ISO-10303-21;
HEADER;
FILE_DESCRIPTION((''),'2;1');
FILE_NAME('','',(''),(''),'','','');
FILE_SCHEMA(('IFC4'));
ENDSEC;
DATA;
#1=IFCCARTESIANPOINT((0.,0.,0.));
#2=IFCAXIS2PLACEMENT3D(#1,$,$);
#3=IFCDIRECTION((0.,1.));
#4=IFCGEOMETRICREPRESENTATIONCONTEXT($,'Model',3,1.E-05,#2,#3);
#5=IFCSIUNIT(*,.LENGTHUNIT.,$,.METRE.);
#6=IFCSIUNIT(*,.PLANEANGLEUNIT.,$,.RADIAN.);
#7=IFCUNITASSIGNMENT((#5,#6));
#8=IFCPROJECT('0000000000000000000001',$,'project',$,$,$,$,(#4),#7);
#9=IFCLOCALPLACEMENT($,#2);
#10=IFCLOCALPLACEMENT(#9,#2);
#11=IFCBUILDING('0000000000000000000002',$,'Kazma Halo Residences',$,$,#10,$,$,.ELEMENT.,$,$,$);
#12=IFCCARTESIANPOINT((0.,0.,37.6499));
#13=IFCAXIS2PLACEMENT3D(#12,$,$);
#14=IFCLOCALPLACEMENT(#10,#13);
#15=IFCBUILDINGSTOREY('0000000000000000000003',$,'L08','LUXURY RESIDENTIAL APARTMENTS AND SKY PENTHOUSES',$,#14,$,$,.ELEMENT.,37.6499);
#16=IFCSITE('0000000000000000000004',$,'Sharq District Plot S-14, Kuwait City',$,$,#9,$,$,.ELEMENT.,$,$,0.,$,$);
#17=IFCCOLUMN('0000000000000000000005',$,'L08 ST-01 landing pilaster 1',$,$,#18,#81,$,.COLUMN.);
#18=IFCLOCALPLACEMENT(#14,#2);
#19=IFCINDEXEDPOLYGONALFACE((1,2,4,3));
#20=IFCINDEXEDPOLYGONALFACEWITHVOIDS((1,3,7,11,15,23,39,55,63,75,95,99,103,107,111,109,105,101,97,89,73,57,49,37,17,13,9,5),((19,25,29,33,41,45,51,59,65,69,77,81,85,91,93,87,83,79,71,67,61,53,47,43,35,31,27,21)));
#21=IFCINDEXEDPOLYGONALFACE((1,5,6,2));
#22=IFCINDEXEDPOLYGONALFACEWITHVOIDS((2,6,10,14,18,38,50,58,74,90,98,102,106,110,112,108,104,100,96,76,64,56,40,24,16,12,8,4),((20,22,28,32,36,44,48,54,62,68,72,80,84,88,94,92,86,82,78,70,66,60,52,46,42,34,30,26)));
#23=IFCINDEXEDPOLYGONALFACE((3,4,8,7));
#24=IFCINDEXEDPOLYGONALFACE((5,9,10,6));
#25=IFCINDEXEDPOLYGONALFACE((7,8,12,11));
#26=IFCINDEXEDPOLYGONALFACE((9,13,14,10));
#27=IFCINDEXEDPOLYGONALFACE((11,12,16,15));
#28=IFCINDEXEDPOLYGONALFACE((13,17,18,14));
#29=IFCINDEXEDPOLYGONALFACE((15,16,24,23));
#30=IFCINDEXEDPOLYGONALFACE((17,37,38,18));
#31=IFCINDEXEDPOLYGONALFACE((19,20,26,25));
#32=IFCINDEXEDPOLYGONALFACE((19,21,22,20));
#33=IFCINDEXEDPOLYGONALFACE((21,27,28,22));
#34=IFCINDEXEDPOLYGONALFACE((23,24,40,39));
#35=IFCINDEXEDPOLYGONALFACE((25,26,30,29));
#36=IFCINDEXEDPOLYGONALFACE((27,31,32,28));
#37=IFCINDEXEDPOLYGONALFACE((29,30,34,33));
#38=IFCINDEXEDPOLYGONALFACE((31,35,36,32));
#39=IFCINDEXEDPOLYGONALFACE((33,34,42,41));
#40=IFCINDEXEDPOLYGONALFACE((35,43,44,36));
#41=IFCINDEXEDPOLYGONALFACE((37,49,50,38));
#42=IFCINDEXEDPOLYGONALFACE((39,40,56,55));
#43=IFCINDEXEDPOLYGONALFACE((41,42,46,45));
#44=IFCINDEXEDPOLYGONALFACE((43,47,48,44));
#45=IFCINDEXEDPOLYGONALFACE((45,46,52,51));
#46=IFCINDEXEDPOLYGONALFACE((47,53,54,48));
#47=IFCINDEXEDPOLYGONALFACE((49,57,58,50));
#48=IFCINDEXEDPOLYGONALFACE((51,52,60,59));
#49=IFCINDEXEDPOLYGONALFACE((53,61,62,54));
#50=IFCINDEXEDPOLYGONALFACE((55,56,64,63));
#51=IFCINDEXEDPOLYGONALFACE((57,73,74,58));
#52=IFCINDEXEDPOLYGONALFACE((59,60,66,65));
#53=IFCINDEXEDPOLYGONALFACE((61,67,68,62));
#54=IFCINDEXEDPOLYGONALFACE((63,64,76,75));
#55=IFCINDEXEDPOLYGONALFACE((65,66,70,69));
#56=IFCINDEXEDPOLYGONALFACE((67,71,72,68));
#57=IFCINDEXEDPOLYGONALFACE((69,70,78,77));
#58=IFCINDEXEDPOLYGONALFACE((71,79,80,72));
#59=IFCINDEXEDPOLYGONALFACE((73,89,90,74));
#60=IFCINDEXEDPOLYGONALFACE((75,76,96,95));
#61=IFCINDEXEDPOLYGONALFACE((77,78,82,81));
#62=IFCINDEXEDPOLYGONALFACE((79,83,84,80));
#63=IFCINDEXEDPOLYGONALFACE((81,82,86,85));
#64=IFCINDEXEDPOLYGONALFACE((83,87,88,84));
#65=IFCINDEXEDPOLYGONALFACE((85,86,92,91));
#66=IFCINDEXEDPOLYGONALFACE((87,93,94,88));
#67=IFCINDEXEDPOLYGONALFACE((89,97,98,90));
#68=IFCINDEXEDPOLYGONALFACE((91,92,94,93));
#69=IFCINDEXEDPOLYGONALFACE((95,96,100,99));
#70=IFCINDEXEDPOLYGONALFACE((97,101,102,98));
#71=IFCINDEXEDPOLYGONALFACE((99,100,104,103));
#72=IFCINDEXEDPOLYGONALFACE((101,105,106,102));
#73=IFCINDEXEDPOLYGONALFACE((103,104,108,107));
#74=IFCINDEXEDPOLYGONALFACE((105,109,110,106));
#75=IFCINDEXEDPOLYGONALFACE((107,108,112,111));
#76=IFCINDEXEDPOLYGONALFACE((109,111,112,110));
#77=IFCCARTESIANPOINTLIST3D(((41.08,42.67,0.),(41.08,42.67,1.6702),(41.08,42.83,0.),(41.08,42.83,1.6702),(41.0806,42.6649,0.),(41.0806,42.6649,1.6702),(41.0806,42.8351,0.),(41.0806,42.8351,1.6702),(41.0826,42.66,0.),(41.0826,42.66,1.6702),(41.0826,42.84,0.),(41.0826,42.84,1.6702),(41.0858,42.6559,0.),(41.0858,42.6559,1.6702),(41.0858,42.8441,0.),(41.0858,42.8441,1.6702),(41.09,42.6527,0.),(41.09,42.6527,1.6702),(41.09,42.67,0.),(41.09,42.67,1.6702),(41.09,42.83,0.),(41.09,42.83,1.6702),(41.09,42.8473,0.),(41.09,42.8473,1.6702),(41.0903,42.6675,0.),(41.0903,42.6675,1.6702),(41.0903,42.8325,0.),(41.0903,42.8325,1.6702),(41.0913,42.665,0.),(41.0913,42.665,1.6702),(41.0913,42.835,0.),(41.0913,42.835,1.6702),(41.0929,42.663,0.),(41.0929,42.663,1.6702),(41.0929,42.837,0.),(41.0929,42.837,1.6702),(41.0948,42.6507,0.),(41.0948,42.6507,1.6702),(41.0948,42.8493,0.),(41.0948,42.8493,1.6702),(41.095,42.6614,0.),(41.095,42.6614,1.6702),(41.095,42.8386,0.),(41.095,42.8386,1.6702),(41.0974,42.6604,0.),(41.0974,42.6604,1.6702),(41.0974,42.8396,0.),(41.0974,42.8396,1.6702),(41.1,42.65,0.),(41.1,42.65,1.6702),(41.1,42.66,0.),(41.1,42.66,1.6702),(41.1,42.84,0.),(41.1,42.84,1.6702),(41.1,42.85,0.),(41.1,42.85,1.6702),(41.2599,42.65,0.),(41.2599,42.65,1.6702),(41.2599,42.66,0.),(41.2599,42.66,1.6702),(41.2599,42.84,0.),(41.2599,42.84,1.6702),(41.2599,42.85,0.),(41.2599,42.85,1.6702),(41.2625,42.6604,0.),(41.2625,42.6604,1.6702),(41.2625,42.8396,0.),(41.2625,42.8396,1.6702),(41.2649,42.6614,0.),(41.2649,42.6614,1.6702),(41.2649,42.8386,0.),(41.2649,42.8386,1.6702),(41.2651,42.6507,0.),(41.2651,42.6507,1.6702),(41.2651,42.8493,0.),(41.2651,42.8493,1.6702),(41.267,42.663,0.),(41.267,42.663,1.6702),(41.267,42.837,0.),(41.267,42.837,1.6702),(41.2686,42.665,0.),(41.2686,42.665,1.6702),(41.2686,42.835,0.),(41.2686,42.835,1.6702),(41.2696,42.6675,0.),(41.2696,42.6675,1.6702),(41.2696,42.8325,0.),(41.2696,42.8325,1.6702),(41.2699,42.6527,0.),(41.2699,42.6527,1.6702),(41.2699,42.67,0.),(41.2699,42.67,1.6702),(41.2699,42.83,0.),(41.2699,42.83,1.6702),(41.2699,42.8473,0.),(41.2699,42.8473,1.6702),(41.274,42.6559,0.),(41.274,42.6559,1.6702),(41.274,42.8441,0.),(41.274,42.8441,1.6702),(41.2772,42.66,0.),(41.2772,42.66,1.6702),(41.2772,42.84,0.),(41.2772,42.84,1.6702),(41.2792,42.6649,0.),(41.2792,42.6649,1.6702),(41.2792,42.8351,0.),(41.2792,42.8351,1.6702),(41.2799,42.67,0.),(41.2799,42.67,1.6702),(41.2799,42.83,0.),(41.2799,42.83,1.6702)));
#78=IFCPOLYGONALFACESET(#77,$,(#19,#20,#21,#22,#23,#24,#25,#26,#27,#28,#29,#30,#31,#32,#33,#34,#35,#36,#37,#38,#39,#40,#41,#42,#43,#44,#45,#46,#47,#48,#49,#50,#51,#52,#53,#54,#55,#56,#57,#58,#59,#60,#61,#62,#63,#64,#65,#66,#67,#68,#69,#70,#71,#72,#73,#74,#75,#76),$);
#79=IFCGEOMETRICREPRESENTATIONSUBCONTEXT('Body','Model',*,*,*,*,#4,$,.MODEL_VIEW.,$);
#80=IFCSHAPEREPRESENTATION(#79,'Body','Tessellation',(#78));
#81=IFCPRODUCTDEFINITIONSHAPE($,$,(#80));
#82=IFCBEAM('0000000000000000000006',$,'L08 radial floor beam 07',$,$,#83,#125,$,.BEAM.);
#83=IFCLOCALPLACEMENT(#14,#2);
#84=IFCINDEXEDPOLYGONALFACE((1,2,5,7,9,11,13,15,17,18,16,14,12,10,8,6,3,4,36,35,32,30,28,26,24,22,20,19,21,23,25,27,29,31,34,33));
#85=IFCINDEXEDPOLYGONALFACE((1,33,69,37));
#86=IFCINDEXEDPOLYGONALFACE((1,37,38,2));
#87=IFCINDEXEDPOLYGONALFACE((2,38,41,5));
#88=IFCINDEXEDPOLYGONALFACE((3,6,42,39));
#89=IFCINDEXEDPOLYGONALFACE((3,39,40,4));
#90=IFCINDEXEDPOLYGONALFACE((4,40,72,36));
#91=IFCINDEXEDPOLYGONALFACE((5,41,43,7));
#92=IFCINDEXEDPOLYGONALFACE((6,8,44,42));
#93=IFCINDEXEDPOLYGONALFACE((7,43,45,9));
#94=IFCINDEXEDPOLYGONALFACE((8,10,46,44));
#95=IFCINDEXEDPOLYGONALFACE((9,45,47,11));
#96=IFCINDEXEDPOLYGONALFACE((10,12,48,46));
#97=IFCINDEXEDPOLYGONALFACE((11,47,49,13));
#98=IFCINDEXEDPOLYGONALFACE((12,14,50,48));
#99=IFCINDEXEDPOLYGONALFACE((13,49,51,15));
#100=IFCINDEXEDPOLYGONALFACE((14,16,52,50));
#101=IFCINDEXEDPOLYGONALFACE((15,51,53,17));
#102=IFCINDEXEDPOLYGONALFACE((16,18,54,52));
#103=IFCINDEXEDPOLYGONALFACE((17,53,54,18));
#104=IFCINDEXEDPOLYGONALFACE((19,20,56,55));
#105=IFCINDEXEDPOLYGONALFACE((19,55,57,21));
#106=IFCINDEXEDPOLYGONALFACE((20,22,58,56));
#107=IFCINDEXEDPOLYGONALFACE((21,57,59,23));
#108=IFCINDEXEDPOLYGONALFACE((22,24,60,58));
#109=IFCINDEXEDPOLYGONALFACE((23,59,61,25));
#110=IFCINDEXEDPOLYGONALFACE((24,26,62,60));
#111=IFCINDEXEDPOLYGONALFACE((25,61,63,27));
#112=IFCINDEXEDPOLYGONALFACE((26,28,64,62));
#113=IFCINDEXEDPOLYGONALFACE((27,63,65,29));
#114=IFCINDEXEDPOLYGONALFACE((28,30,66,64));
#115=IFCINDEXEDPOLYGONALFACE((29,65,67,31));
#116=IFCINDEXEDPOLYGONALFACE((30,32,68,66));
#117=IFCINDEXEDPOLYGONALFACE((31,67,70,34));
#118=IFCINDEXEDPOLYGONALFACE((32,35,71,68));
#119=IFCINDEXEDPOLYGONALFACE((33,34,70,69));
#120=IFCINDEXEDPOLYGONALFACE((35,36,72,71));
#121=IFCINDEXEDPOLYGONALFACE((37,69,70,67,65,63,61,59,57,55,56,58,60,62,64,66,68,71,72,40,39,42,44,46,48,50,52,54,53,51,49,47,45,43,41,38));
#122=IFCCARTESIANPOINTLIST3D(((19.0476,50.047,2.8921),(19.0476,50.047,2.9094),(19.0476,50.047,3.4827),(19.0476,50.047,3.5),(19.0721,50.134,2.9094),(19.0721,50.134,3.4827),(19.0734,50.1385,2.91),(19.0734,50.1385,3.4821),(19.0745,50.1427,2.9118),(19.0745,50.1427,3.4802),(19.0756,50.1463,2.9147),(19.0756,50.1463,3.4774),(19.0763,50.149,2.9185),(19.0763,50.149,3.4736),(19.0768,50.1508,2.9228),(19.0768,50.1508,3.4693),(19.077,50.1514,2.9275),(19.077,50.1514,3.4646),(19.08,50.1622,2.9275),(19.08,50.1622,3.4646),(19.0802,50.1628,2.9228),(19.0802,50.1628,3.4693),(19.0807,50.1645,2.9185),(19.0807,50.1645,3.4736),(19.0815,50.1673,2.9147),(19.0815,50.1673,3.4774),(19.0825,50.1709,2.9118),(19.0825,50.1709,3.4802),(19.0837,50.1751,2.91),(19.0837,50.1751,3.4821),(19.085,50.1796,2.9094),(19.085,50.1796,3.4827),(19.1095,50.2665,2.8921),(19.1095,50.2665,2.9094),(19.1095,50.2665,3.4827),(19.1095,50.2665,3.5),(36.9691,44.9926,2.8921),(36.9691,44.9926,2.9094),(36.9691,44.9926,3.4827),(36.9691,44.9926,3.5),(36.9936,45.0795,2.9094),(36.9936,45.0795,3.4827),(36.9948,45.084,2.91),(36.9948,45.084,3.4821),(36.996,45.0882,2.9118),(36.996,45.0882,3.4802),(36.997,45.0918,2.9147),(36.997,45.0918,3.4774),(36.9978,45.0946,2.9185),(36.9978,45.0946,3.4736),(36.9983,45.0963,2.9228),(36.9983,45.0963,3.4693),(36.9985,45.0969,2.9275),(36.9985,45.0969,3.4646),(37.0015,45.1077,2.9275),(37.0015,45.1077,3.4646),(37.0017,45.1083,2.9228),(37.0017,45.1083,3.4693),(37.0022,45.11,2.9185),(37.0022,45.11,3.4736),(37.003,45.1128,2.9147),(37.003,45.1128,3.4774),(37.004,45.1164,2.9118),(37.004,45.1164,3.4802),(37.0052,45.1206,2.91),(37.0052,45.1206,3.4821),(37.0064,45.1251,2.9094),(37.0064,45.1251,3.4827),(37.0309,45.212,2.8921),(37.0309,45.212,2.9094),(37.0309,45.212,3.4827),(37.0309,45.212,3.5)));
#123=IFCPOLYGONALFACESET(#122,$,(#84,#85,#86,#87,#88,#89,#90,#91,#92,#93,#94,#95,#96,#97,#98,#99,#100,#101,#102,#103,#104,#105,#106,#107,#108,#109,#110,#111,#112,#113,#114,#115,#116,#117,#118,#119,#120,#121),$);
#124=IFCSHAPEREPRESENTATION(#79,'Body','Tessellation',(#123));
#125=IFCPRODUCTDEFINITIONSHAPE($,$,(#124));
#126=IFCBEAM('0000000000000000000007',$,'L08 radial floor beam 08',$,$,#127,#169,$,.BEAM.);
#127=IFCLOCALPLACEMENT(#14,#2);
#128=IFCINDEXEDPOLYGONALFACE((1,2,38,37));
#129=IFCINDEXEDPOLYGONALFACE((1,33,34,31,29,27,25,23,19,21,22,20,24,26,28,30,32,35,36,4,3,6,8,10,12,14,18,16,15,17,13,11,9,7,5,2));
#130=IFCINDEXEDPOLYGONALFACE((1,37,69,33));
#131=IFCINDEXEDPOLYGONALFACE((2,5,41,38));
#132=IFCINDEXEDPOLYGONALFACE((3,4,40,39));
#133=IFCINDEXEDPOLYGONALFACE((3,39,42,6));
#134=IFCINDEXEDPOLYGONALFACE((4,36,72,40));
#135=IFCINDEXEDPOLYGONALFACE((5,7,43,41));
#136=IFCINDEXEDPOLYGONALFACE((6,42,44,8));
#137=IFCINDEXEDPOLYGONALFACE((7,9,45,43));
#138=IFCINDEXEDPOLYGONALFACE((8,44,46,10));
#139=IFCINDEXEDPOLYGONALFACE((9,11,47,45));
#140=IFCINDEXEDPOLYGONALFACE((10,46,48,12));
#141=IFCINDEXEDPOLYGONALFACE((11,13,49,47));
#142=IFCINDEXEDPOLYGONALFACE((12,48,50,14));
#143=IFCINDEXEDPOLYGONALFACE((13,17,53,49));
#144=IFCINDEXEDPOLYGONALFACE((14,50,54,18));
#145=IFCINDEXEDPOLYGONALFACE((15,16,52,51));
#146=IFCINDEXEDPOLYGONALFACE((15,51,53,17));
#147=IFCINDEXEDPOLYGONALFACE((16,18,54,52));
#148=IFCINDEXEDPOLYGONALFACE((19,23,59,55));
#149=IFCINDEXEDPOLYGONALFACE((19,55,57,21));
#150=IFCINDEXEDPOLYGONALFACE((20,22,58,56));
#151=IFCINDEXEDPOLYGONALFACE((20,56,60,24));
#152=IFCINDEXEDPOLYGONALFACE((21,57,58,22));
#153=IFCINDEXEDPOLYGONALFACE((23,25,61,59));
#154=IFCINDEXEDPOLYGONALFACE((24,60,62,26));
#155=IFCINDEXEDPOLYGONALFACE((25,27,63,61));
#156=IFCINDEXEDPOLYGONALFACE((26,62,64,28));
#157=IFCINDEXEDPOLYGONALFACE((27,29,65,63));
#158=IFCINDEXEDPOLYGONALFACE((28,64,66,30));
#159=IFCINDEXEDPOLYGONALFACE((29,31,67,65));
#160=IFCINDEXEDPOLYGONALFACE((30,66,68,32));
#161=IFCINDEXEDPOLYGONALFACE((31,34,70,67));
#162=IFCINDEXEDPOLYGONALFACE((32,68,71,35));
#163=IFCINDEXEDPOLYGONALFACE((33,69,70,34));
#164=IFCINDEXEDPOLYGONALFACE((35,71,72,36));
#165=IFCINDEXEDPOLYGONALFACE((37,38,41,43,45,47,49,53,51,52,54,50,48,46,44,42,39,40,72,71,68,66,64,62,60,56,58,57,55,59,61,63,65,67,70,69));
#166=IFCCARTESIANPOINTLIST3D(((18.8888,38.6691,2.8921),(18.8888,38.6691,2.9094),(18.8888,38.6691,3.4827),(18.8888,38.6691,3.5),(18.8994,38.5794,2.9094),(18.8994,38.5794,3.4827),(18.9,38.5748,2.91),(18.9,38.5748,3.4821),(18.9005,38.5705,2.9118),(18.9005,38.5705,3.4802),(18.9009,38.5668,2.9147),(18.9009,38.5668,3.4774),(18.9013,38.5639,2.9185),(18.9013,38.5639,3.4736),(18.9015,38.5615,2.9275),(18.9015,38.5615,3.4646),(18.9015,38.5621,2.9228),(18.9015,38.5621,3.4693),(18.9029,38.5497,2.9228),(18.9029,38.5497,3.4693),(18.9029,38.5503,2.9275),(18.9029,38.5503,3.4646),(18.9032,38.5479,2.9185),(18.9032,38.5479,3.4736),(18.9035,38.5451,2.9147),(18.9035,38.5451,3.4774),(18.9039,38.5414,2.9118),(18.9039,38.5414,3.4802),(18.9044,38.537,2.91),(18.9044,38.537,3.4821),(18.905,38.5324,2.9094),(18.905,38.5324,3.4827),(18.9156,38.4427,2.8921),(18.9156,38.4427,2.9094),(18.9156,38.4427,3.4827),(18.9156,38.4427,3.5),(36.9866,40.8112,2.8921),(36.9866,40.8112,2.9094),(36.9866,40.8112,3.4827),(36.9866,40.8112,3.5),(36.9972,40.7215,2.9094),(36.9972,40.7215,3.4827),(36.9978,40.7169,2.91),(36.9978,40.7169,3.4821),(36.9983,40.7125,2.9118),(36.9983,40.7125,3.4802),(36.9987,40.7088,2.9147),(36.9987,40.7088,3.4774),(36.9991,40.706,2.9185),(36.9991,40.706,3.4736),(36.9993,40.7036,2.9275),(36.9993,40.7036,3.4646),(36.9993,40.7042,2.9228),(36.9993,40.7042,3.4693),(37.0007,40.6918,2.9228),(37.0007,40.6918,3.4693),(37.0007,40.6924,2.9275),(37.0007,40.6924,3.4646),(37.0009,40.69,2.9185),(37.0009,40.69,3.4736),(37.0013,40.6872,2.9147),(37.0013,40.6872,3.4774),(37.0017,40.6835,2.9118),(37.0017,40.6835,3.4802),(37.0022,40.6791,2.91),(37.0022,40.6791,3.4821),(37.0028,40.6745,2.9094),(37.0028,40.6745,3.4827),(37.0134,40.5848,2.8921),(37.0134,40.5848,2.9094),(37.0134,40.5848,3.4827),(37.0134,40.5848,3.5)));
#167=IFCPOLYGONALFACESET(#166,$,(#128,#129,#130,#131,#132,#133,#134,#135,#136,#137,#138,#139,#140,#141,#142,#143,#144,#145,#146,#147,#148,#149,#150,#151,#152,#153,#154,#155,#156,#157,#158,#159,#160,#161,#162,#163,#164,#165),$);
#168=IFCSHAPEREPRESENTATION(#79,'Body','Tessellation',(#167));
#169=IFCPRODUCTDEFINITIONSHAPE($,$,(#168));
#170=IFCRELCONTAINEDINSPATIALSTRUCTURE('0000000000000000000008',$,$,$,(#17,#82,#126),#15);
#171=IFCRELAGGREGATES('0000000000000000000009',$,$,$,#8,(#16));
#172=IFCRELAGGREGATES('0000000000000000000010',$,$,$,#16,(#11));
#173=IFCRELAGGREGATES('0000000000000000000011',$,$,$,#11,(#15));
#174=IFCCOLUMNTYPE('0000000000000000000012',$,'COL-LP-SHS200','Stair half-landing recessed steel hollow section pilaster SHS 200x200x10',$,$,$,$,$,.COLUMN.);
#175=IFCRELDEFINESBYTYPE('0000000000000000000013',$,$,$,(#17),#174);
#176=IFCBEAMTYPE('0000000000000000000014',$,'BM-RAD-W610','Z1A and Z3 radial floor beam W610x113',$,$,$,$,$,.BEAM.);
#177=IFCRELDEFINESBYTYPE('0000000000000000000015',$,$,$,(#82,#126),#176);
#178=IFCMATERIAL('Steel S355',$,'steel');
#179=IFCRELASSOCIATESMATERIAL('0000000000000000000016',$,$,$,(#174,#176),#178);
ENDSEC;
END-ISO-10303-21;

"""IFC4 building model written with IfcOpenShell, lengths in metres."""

from ifc_helpers import new_model, si_unit, direction, frame, origin, origin_2d, place, context, subcontext, project, spatial, hollow_rectangle, i_section, extrude, material, material_profile, profile_set, type_object, element, save


model = new_model("IFC4")

# Units and contexts
model_context = context("Model", 3, precision=1e-05, world=origin(), true_north=direction((0.0, 1.0)))
body_context = subcontext(model_context, "Body", "Model", "MODEL_VIEW")
ifc_project = project(units=[si_unit("LENGTHUNIT", "METRE"), si_unit("PLANEANGLEUNIT", "RADIAN")], contexts=[model_context])

# Site, building, storey
site_placement = place(None, origin())
site = spatial("IfcSite", under=ifc_project, at=site_placement, Name="Sharq District Plot S-14, Kuwait City", CompositionType="ELEMENT", RefElevation=0.0)
building_placement = place(site_placement, origin())
building = spatial("IfcBuilding", under=site, at=building_placement, Name="Kazma Halo Residences", CompositionType="ELEMENT")
storey_placement = place(building_placement, frame((0.0, 0.0, 37.6499)))
storey = spatial("IfcBuildingStorey", under=building, at=storey_placement, Name="L08", Description="LUXURY RESIDENTIAL APARTMENTS AND SKY PENTHOUSES", CompositionType="ELEMENT", Elevation=37.6499)

# Column
ifc_material_1 = material(Name="Steel S355", Category="steel")
ifc_material_profile_1 = material_profile(ifc_material_1, hollow_rectangle(XDim=0.2, YDim=0.2, WallThickness=0.01, InnerFilletRadius=0.01, OuterFilletRadius=0.02, at=origin_2d()), Name="SHS200x200x10")
ifc_profile_set_1 = profile_set([ifc_material_profile_1], Name="Steel S355")
column_type = type_object("IfcColumnType", Name="COL-LP-SHS200", Description="Stair half-landing recessed steel hollow section pilaster SHS 200x200x10", PredefinedType="COLUMN", material=ifc_profile_set_1)
column_placement = place(storey_placement, frame((41.1799, 42.75, 0.0), z_axis=(0.0, 0.0, 1.0), x_axis=(1.0, 0.0, 0.0)))
element("IfcColumn", 1, at=column_placement, inside=storey, type_object=column_type, Name="L08 ST-01 landing pilaster 1", PredefinedType="COLUMN", context=body_context, shape_type="SweptSolid", body=[
    extrude(hollow_rectangle(XDim=0.2, YDim=0.2, WallThickness=0.01, InnerFilletRadius=0.01, OuterFilletRadius=0.02, at=origin_2d()), origin(), (0.0, 0.0, 1.0), 1.6702),
])

# Beams
ifc_material_profile_2 = material_profile(ifc_material_1, i_section(OverallWidth=0.228, OverallDepth=0.6079, WebThickness=0.0112, FlangeThickness=0.0173, FilletRadius=0.0181, at=origin_2d()), Name="W610x113")
ifc_profile_set_2 = profile_set([ifc_material_profile_2], Name="Steel S355")
beam_type_1 = type_object("IfcBeamType", Name="BM-RAD-W610", Description="Z1A and Z3 radial floor beam W610x113", PredefinedType="BEAM", material=ifc_profile_set_2)
beam_1_placement = place(storey_placement, frame((37.0, 45.1023, 3.196), z_axis=(-0.962454, 0.271445, 0.0), x_axis=(-0.271445, -0.962454, 0.0)))
element("IfcBeam", 2, at=beam_1_placement, inside=storey, type_object=beam_type_1, Name="L08 radial floor beam 07", PredefinedType="BEAM", context=body_context, shape_type="SweptSolid", body=[
    extrude(i_section(OverallWidth=0.228, OverallDepth=0.6079, WebThickness=0.0112, FlangeThickness=0.0173, FilletRadius=0.0181, at=origin_2d()), origin(), (0.0, 0.0, 1.0), 18.6206),
])
beam_2_placement = place(storey_placement, frame((37.0, 40.698, 3.196), z_axis=(-0.993068, -0.117541, 0.0), x_axis=(0.117541, -0.993068, 0.0)))
element("IfcBeam", 3, at=beam_2_placement, inside=storey, type_object=beam_type_1, Name="L08 radial floor beam 08", PredefinedType="BEAM", context=body_context, shape_type="SweptSolid", body=[
    extrude(i_section(OverallWidth=0.228, OverallDepth=0.6079, WebThickness=0.0112, FlangeThickness=0.0173, FilletRadius=0.0181, at=origin_2d()), origin(), (0.0, 0.0, 1.0), 18.2241),
])

save(model, "model.ifc")
